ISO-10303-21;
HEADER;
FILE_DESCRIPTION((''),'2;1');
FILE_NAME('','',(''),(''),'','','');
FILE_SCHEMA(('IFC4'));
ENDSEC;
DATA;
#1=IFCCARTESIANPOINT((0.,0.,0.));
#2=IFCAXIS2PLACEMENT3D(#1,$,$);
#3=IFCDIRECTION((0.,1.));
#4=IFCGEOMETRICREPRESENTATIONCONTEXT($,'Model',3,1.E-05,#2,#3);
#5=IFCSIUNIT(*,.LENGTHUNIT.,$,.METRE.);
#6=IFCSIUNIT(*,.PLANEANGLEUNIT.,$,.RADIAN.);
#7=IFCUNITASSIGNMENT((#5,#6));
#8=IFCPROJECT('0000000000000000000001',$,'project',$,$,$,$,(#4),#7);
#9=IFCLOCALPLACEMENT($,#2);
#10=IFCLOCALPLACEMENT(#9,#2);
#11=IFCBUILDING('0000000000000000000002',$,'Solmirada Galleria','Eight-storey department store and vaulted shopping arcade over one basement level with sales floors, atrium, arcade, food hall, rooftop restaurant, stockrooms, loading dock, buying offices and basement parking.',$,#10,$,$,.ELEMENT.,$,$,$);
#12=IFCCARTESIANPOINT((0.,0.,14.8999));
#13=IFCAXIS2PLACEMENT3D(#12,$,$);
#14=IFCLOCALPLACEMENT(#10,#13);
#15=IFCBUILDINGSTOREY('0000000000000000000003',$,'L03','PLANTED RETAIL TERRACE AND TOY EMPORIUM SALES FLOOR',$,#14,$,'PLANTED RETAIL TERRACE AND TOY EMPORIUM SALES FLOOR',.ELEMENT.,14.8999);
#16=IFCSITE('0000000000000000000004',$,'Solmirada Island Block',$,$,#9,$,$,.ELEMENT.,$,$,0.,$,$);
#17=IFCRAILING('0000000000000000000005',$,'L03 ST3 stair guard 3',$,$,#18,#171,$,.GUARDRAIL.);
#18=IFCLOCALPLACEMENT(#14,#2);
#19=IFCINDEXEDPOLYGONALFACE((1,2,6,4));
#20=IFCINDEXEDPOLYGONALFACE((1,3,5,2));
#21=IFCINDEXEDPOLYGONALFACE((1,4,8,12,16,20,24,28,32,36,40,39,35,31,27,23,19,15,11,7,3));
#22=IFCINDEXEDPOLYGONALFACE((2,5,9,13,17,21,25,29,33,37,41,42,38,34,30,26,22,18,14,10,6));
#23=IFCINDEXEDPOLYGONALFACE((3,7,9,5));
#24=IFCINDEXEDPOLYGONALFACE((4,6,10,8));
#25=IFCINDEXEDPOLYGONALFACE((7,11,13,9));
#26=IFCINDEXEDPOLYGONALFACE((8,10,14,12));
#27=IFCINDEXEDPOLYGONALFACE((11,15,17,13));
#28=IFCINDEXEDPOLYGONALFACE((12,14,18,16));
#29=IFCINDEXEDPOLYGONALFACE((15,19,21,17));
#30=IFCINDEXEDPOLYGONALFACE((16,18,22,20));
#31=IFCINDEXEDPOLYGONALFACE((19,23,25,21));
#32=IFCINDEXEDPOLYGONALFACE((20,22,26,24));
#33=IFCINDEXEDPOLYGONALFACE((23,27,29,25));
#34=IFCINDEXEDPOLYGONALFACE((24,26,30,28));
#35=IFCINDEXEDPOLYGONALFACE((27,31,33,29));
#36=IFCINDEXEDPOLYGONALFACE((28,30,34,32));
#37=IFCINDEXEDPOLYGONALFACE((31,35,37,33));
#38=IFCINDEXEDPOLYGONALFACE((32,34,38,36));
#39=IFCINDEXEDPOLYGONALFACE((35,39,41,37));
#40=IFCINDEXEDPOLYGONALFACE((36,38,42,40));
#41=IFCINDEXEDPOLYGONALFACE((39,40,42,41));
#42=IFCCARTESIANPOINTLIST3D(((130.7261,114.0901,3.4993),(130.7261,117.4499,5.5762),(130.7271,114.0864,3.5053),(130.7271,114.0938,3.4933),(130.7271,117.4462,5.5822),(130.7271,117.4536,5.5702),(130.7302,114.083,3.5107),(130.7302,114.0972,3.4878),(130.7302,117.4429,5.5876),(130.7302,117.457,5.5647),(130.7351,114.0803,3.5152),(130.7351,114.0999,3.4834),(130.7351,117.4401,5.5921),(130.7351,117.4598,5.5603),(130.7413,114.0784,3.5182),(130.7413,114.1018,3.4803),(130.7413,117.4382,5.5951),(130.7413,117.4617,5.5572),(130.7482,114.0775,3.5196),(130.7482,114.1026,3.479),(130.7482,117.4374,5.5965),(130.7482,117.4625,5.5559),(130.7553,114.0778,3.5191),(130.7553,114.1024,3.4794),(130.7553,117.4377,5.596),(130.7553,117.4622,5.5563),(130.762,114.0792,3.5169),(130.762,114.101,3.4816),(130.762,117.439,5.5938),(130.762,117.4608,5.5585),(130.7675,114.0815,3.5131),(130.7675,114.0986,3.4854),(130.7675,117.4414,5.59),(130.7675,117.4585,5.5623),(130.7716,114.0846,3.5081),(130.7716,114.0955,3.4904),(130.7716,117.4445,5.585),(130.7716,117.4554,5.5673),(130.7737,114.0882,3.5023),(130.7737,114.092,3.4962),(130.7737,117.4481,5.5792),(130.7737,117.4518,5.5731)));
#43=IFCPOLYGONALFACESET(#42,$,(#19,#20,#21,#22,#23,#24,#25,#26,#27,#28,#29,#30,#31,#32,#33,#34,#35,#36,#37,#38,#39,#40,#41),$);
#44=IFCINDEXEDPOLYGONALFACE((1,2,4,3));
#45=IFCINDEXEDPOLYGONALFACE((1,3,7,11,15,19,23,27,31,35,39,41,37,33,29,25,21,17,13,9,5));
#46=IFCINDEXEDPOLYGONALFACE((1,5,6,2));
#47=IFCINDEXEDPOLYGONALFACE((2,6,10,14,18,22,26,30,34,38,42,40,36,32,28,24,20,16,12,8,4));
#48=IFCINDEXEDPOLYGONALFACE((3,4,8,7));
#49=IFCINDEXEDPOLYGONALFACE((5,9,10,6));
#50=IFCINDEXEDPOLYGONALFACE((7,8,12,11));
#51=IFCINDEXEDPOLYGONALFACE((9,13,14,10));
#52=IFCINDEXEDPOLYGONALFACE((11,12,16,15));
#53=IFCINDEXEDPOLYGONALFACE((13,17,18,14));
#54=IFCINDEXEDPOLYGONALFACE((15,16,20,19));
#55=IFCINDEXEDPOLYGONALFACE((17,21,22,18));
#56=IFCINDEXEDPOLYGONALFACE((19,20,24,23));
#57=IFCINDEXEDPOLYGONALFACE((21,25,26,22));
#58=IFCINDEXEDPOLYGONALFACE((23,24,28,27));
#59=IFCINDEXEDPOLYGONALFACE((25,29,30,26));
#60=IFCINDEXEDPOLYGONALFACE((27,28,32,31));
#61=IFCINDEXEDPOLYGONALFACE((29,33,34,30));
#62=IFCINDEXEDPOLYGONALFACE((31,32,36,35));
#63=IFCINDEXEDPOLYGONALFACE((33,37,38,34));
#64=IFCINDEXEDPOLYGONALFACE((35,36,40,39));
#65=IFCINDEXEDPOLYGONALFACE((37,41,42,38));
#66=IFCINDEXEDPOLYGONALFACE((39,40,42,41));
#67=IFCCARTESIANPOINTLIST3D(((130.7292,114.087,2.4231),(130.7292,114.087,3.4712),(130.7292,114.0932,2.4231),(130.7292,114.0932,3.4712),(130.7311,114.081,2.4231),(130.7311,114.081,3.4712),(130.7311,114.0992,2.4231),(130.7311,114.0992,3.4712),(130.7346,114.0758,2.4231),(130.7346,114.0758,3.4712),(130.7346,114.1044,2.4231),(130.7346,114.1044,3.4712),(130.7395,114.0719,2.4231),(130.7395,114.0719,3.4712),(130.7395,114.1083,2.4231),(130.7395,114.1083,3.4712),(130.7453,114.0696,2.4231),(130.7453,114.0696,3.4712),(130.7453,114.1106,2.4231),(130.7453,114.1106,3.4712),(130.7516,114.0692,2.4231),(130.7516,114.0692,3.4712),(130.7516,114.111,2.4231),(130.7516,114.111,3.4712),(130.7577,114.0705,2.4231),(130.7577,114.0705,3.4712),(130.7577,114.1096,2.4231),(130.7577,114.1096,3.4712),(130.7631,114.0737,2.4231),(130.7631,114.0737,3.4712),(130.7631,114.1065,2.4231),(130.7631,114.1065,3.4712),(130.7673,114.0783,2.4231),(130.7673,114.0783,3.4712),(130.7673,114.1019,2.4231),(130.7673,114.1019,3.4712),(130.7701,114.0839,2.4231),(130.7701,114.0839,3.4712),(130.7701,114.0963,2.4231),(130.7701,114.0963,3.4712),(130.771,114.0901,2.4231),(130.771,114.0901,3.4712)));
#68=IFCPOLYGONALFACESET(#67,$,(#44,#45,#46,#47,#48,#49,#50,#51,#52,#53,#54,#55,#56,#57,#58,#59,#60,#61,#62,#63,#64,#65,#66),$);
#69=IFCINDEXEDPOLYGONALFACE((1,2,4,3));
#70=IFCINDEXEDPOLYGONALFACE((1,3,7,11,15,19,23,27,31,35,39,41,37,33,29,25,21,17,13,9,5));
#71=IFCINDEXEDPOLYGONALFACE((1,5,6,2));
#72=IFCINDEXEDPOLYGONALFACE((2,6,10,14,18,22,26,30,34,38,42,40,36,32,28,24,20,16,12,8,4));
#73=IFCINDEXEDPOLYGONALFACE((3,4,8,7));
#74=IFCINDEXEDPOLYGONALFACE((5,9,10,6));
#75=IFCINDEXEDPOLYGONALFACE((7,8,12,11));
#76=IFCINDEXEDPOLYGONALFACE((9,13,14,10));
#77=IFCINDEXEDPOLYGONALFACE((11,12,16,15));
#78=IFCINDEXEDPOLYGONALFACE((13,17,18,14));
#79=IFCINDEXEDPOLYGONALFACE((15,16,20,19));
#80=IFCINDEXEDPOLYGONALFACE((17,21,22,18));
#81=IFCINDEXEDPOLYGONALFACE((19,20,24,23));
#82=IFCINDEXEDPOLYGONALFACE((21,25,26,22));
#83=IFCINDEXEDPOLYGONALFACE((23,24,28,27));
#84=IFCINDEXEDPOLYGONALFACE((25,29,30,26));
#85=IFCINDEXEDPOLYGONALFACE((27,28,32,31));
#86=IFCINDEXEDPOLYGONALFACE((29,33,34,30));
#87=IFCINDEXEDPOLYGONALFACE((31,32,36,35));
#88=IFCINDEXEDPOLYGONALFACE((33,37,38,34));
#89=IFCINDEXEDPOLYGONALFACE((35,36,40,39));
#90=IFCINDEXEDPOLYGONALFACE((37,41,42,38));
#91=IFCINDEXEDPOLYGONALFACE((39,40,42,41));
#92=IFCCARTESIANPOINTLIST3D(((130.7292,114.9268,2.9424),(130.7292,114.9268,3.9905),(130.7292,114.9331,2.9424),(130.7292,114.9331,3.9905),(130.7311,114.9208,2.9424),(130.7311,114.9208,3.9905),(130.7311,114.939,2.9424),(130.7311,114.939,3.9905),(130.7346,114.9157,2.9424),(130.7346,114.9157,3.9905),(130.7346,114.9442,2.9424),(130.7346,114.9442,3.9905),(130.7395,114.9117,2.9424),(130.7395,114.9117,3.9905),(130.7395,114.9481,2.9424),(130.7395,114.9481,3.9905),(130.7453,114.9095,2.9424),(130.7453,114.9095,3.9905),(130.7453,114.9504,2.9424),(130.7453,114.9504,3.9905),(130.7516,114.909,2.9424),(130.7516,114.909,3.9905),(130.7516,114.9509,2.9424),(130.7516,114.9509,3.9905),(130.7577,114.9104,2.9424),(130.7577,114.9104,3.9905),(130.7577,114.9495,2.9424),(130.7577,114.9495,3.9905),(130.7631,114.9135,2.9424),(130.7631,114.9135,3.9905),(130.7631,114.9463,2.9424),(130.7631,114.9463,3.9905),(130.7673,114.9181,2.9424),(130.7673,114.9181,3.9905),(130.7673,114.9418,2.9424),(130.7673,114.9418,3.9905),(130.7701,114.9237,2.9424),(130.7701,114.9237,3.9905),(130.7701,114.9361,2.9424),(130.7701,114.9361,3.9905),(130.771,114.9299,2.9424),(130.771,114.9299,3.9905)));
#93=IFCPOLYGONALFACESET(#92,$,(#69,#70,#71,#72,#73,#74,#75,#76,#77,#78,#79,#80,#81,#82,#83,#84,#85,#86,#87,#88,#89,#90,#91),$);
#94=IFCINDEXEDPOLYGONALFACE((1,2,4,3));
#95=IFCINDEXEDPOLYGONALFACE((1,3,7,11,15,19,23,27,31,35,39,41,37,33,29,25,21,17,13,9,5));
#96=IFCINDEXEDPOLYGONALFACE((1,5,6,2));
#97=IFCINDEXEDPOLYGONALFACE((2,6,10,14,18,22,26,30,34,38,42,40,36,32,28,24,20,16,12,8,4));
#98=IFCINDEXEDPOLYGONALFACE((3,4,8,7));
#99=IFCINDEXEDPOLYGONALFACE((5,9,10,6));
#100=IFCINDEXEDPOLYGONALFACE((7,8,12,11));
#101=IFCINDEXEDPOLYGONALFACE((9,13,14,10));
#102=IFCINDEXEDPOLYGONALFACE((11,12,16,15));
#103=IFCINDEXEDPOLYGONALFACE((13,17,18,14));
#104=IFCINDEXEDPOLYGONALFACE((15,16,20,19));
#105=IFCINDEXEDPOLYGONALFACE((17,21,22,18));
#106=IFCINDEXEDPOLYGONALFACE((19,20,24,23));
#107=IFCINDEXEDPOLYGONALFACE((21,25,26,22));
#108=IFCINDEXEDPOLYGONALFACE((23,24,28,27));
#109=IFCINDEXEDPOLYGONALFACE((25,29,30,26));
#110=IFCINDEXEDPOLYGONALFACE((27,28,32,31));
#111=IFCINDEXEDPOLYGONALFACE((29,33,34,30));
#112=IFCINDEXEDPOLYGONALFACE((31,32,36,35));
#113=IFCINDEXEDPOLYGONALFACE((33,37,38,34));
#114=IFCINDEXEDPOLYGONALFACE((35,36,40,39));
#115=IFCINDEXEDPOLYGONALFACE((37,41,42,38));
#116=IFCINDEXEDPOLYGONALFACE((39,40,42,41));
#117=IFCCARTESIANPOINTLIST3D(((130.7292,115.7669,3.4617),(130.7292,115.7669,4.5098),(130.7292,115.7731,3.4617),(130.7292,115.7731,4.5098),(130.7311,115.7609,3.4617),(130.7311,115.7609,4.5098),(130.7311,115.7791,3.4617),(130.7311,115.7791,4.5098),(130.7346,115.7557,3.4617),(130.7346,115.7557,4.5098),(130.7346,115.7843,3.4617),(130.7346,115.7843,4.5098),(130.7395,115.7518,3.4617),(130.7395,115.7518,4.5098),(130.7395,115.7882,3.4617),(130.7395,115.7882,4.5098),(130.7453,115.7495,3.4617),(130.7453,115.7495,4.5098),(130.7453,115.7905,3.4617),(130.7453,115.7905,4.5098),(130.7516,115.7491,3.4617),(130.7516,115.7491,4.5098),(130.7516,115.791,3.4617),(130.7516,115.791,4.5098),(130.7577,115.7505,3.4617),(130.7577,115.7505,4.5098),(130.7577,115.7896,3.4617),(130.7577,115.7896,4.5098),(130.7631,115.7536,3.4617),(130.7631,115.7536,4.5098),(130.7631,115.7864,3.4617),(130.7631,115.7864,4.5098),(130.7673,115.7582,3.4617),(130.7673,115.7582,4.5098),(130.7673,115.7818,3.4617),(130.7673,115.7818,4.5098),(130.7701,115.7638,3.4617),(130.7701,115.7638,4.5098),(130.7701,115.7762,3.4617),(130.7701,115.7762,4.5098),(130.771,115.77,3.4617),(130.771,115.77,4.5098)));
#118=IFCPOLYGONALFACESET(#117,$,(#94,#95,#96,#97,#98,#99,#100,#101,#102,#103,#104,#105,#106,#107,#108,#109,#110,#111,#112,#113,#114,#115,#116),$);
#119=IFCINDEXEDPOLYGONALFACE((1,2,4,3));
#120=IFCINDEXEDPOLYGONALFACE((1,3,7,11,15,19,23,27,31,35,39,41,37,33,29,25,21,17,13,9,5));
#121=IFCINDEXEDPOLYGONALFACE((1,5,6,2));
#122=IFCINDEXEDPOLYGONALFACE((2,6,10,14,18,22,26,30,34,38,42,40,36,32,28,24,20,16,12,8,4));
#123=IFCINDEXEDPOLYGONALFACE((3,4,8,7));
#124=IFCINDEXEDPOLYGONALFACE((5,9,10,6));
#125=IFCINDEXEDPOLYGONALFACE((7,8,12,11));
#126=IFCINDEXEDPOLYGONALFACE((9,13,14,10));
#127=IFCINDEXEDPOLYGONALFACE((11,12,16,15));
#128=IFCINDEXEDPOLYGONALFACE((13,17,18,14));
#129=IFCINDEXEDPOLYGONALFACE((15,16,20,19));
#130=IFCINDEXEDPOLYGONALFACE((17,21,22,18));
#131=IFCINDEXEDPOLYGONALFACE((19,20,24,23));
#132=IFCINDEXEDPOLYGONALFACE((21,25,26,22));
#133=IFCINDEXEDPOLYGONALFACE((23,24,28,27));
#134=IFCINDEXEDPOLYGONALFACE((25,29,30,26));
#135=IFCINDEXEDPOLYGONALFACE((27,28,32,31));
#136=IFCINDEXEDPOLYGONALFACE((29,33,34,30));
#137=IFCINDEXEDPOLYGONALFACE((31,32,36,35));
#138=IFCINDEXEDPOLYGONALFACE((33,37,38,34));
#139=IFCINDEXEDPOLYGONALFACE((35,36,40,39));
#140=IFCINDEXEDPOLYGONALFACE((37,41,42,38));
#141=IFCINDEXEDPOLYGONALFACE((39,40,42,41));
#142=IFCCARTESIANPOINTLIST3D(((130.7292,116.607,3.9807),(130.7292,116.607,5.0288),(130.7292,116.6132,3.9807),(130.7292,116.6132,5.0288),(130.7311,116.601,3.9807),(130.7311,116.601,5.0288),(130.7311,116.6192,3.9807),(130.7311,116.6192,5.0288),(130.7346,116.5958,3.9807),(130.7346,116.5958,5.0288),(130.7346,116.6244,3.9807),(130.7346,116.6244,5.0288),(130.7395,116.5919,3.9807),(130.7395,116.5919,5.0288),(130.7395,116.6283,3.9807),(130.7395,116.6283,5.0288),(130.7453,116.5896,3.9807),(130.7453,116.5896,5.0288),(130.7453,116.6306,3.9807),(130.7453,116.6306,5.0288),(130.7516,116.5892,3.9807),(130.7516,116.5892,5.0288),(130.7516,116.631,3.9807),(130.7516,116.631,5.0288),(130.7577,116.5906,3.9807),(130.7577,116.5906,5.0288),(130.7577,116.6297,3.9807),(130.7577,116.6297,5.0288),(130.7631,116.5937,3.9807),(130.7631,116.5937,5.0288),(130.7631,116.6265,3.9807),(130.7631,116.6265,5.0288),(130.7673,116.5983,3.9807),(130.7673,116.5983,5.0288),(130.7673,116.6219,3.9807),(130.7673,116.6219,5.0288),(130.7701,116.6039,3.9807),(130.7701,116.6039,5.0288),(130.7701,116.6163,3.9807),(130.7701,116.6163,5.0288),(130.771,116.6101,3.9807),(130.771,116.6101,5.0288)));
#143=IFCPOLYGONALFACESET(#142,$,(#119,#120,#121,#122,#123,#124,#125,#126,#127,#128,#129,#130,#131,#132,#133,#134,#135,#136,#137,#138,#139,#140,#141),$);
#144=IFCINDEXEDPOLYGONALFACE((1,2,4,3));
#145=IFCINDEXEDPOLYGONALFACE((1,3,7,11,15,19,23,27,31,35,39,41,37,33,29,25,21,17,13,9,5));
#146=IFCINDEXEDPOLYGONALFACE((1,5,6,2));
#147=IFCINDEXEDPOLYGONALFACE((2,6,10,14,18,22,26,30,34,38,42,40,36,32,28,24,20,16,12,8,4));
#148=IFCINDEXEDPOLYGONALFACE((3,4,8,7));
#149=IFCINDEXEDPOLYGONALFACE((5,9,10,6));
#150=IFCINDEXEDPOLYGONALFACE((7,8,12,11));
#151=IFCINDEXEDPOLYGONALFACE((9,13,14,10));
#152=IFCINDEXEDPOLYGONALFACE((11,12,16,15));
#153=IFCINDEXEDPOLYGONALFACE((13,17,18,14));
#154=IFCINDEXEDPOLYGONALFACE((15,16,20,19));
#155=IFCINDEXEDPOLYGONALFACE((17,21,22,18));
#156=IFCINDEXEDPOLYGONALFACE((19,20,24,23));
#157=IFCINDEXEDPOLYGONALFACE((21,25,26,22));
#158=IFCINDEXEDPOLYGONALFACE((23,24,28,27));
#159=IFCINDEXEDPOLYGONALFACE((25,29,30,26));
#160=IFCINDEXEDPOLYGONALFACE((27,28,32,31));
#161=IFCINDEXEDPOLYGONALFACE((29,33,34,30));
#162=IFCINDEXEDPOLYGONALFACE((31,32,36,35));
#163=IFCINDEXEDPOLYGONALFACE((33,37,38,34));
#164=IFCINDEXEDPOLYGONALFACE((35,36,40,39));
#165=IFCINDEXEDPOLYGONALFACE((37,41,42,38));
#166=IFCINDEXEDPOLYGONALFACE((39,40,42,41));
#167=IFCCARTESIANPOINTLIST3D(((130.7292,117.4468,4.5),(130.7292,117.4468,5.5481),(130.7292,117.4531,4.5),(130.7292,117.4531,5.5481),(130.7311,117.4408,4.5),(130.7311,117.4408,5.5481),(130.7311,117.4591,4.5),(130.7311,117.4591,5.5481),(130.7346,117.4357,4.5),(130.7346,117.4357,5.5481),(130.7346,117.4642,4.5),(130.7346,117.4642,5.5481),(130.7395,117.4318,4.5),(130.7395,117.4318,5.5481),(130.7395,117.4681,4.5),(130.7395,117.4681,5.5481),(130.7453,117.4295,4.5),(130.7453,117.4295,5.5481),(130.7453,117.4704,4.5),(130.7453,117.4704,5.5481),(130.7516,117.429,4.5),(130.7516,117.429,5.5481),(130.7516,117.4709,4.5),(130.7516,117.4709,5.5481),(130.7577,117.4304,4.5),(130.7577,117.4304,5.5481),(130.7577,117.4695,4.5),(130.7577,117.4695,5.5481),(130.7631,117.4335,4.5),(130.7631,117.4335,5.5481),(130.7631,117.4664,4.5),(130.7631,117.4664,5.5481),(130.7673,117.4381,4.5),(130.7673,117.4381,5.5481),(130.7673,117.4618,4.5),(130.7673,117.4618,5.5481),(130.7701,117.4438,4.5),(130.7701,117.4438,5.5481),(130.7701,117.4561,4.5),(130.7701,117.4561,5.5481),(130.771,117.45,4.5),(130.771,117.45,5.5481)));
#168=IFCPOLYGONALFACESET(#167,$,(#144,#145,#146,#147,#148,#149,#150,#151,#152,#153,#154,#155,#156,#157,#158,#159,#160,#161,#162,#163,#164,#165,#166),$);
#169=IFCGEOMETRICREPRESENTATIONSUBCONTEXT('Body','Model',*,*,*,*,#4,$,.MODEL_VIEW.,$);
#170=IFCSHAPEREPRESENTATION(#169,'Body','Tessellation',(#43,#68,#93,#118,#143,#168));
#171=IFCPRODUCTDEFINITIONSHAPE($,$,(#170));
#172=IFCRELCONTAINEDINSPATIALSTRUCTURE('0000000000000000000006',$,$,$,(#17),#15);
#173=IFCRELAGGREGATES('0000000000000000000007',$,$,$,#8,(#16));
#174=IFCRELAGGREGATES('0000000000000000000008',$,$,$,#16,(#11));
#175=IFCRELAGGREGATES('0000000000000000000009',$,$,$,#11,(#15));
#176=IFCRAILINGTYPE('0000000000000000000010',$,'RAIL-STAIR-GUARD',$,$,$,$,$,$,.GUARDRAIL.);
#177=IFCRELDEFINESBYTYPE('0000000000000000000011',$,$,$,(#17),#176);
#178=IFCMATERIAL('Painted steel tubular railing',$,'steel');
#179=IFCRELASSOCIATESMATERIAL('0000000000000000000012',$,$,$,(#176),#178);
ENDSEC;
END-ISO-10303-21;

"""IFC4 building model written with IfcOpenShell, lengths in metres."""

from ifc_helpers import new_model, si_unit, direction, frame, origin, origin_2d, place, context, subcontext, project, spatial, circle, extrude, material, type_object, element, save


model = new_model("IFC4")

# Units and contexts
model_context = context("Model", 3, precision=1e-05, world=origin(), true_north=direction((0.0, 1.0)))
body_context = subcontext(model_context, "Body", "Model", "MODEL_VIEW")
ifc_project = project(units=[si_unit("LENGTHUNIT", "METRE"), si_unit("PLANEANGLEUNIT", "RADIAN")], contexts=[model_context])

# Site, building, storey
site_placement = place(None, origin())
site = spatial("IfcSite", under=ifc_project, at=site_placement, Name="Solmirada Island Block", CompositionType="ELEMENT", RefElevation=0.0)
building_placement = place(site_placement, origin())
building = spatial("IfcBuilding", under=site, at=building_placement, Name="Solmirada Galleria", Description="Eight-storey department store and vaulted shopping arcade over one basement level with sales floors, atrium, arcade, food hall, rooftop restaurant, stockrooms, loading dock, buying offices and basement parking.", CompositionType="ELEMENT")
storey_placement = place(building_placement, frame((0.0, 0.0, 14.8999)))
storey = spatial("IfcBuildingStorey", under=building, at=storey_placement, Name="L03", Description="PLANTED RETAIL TERRACE AND TOY EMPORIUM SALES FLOOR", LongName="PLANTED RETAIL TERRACE AND TOY EMPORIUM SALES FLOOR", CompositionType="ELEMENT", Elevation=14.8999)

# Railing
ifc_material_1 = material(Name="Painted steel tubular railing", Category="steel")
railing_type_1 = type_object("IfcRailingType", Name="RAIL-STAIR-GUARD", PredefinedType="GUARDRAIL", material=ifc_material_1)
railing_1_placement = place(storey_placement, frame((130.75, 114.0901, 2.4231)))
element("IfcRailing", 1, at=railing_1_placement, inside=storey, type_object=railing_type_1, Name="L03 ST3 stair guard 3", PredefinedType="GUARDRAIL", context=body_context, shape_type="SweptSolid", body=[
    extrude(circle(Radius=0.0239, at=origin_2d()), frame((0.0, 0.0, 1.0762), z_axis=(0.0, 0.850606, 0.525803), x_axis=(-1.0, 0.0, 0.0)), (0.0, 0.0, 1.0), 3.95),
    extrude(circle(Radius=0.021, at=origin_2d()), origin(), (0.0, 0.0, 1.0), 1.0481),
    extrude(circle(Radius=0.021, at=origin_2d()), frame((0.0, 0.8398, 0.5193)), (0.0, 0.0, 1.0), 1.0481),
    extrude(circle(Radius=0.021, at=origin_2d()), frame((0.0, 1.6799, 1.0386)), (0.0, 0.0, 1.0), 1.0481),
    extrude(circle(Radius=0.021, at=origin_2d()), frame((0.0, 2.52, 1.5576)), (0.0, 0.0, 1.0), 1.0481),
    extrude(circle(Radius=0.021, at=origin_2d()), frame((0.0, 3.3599, 2.0769)), (0.0, 0.0, 1.0), 1.0481),
])

save(model, "model.ifc")
